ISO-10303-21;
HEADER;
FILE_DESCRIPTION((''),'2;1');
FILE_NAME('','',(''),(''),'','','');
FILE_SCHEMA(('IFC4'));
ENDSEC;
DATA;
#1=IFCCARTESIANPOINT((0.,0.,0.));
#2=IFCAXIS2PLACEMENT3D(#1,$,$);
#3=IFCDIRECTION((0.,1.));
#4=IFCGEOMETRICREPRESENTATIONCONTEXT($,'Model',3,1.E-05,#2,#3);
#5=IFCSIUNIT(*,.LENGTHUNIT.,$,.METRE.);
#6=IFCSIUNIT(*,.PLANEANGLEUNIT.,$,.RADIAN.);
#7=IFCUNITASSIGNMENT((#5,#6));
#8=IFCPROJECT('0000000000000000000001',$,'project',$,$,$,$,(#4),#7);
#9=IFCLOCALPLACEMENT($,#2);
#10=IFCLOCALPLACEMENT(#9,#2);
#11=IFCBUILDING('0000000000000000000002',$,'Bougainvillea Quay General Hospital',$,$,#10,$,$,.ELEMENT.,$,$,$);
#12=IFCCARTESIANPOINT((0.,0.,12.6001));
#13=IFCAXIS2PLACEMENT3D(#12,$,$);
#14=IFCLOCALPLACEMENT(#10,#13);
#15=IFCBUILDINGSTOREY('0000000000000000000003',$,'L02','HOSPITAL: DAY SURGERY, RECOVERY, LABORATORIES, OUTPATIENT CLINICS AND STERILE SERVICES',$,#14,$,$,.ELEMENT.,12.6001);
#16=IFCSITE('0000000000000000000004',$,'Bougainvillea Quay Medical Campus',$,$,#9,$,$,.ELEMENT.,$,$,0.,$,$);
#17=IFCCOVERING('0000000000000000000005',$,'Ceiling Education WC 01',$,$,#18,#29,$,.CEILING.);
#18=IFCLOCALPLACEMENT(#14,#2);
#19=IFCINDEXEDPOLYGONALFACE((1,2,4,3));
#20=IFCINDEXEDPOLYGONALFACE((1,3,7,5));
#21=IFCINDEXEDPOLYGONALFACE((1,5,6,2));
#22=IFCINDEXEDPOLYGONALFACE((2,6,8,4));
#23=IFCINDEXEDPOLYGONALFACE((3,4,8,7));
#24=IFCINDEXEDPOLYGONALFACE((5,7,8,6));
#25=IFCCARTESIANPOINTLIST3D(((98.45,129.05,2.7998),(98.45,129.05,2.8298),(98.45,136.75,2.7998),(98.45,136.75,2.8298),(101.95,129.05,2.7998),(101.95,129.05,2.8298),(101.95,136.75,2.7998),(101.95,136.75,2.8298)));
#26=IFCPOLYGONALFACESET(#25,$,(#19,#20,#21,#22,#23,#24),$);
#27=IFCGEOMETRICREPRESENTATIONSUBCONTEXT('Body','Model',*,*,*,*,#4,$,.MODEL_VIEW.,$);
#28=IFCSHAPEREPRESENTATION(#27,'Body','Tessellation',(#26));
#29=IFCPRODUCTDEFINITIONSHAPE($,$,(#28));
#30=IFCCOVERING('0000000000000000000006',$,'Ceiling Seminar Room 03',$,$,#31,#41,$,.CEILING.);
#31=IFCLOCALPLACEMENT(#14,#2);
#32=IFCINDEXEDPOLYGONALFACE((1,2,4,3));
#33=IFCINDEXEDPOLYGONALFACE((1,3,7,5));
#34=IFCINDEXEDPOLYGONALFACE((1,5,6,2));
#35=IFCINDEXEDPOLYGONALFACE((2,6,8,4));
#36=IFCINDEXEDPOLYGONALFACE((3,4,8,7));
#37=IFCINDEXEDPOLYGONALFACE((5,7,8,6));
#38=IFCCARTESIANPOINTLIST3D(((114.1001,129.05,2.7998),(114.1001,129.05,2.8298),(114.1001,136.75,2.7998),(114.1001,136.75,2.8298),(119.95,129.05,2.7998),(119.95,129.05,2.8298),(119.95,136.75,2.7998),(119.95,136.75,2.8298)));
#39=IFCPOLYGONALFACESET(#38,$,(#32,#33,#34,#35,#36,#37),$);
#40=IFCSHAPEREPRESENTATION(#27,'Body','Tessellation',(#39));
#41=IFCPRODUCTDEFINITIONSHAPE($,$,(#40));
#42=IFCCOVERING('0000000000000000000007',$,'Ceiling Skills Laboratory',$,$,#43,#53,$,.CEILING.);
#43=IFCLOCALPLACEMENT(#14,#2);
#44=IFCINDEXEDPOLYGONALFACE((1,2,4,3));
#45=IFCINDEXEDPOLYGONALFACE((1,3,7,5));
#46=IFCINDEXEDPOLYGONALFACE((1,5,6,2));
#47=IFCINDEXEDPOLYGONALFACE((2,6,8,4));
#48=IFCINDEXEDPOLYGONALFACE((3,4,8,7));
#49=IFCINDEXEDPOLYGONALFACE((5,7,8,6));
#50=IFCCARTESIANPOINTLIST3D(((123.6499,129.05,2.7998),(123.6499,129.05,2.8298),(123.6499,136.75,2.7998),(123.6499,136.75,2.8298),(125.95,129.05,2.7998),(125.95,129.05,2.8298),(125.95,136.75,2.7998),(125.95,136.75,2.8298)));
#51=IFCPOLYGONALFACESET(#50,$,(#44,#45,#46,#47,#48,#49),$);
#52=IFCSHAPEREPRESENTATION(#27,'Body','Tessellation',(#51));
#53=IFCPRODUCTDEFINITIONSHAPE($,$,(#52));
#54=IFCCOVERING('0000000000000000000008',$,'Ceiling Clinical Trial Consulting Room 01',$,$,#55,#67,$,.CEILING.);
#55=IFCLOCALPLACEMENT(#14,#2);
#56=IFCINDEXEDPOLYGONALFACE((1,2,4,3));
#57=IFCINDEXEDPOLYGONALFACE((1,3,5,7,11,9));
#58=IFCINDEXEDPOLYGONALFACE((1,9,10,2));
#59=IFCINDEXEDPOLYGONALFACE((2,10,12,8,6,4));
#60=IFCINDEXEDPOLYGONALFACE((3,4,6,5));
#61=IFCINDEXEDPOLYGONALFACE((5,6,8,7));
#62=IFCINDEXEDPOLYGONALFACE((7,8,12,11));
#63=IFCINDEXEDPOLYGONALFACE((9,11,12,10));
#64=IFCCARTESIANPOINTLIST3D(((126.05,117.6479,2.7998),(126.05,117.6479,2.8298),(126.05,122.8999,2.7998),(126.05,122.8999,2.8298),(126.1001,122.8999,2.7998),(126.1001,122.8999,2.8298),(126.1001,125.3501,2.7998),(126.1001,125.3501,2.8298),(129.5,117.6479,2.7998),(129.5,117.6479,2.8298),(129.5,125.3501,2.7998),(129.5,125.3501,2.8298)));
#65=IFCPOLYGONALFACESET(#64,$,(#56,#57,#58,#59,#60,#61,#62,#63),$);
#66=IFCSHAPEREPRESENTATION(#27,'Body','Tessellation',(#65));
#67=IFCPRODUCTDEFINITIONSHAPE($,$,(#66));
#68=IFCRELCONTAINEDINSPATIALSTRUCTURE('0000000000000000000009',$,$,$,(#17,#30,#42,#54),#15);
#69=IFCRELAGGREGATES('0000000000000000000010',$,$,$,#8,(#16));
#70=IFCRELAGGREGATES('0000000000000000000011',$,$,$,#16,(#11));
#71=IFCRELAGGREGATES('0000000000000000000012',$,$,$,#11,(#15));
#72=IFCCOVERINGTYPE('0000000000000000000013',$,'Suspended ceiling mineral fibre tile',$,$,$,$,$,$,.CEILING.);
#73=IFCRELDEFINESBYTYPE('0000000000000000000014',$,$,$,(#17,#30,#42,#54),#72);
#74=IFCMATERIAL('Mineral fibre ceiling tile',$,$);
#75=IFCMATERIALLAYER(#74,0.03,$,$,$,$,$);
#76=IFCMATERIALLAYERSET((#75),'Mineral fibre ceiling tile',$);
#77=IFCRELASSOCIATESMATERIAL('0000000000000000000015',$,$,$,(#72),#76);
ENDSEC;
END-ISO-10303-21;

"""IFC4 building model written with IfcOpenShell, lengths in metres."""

from ifc_helpers import new_model, si_unit, direction, frame, origin, place, context, subcontext, project, spatial, polyline, outline, extrude, material, layer, layer_set, type_object, element, save


model = new_model("IFC4")

# Units and contexts
model_context = context("Model", 3, precision=1e-05, world=origin(), true_north=direction((0.0, 1.0)))
body_context = subcontext(model_context, "Body", "Model", "MODEL_VIEW")
ifc_project = project(units=[si_unit("LENGTHUNIT", "METRE"), si_unit("PLANEANGLEUNIT", "RADIAN")], contexts=[model_context])

# Site, building, storey
site_placement = place(None, origin())
site = spatial("IfcSite", under=ifc_project, at=site_placement, Name="Bougainvillea Quay Medical Campus", CompositionType="ELEMENT", RefElevation=0.0)
building_placement = place(site_placement, origin())
building = spatial("IfcBuilding", under=site, at=building_placement, Name="Bougainvillea Quay General Hospital", CompositionType="ELEMENT")
storey_placement = place(building_placement, frame((0.0, 0.0, 12.6001)))
storey = spatial("IfcBuildingStorey", under=building, at=storey_placement, Name="L02", Description="HOSPITAL: DAY SURGERY, RECOVERY, LABORATORIES, OUTPATIENT CLINICS AND STERILE SERVICES", CompositionType="ELEMENT", Elevation=12.6001)

# Coverings
ifc_material = material(Name="Mineral fibre ceiling tile")
ifc_layer = layer(ifc_material, 0.03)
ifc_layer_set = layer_set([ifc_layer], Name="Mineral fibre ceiling tile")
covering_type = type_object("IfcCoveringType", Name="Suspended ceiling mineral fibre tile", PredefinedType="CEILING", material=ifc_layer_set)
covering_1_placement = place(storey_placement, frame((0.0, 0.0, 2.7998)))
element("IfcCovering", 1, at=covering_1_placement, inside=storey, type_object=covering_type, Name="Ceiling Education WC 01", PredefinedType="CEILING", context=body_context, shape_type="SweptSolid", body=[
    extrude(outline(polyline([(98.45, 136.75), (98.45, 129.05), (101.95, 129.05), (101.95, 136.75), (98.45, 136.75)])), origin(), (0.0, 0.0, 1.0), 0.03),
])
covering_2_placement = place(storey_placement, frame((0.0, 0.0, 2.7998)))
element("IfcCovering", 2, at=covering_2_placement, inside=storey, type_object=covering_type, Name="Ceiling Seminar Room 03", PredefinedType="CEILING", context=body_context, shape_type="SweptSolid", body=[
    extrude(outline(polyline([(114.1001, 129.05), (119.95, 129.05), (119.95, 136.75), (114.1001, 136.75), (114.1001, 129.05)])), origin(), (0.0, 0.0, 1.0), 0.03),
])
covering_3_placement = place(storey_placement, frame((0.0, 0.0, 2.7998)))
element("IfcCovering", 3, at=covering_3_placement, inside=storey, type_object=covering_type, Name="Ceiling Skills Laboratory", PredefinedType="CEILING", context=body_context, shape_type="SweptSolid", body=[
    extrude(outline(polyline([(125.95, 129.05), (125.95, 136.75), (123.6499, 136.75), (123.6499, 129.05), (125.95, 129.05)])), origin(), (0.0, 0.0, 1.0), 0.03),
])
covering_4_placement = place(storey_placement, frame((0.0, 0.0, 2.7998)))
element("IfcCovering", 4, at=covering_4_placement, inside=storey, type_object=covering_type, Name="Ceiling Clinical Trial Consulting Room 01", PredefinedType="CEILING", context=body_context, shape_type="SweptSolid", body=[
    extrude(outline(polyline([(126.1001, 125.3501), (126.1001, 122.8999), (126.05, 122.8999), (126.05, 117.6479), (129.5, 117.6479), (129.5, 125.3501), (126.1001, 125.3501)])), origin(), (0.0, 0.0, 1.0), 0.03),
])

save(model, "model.ifc")
